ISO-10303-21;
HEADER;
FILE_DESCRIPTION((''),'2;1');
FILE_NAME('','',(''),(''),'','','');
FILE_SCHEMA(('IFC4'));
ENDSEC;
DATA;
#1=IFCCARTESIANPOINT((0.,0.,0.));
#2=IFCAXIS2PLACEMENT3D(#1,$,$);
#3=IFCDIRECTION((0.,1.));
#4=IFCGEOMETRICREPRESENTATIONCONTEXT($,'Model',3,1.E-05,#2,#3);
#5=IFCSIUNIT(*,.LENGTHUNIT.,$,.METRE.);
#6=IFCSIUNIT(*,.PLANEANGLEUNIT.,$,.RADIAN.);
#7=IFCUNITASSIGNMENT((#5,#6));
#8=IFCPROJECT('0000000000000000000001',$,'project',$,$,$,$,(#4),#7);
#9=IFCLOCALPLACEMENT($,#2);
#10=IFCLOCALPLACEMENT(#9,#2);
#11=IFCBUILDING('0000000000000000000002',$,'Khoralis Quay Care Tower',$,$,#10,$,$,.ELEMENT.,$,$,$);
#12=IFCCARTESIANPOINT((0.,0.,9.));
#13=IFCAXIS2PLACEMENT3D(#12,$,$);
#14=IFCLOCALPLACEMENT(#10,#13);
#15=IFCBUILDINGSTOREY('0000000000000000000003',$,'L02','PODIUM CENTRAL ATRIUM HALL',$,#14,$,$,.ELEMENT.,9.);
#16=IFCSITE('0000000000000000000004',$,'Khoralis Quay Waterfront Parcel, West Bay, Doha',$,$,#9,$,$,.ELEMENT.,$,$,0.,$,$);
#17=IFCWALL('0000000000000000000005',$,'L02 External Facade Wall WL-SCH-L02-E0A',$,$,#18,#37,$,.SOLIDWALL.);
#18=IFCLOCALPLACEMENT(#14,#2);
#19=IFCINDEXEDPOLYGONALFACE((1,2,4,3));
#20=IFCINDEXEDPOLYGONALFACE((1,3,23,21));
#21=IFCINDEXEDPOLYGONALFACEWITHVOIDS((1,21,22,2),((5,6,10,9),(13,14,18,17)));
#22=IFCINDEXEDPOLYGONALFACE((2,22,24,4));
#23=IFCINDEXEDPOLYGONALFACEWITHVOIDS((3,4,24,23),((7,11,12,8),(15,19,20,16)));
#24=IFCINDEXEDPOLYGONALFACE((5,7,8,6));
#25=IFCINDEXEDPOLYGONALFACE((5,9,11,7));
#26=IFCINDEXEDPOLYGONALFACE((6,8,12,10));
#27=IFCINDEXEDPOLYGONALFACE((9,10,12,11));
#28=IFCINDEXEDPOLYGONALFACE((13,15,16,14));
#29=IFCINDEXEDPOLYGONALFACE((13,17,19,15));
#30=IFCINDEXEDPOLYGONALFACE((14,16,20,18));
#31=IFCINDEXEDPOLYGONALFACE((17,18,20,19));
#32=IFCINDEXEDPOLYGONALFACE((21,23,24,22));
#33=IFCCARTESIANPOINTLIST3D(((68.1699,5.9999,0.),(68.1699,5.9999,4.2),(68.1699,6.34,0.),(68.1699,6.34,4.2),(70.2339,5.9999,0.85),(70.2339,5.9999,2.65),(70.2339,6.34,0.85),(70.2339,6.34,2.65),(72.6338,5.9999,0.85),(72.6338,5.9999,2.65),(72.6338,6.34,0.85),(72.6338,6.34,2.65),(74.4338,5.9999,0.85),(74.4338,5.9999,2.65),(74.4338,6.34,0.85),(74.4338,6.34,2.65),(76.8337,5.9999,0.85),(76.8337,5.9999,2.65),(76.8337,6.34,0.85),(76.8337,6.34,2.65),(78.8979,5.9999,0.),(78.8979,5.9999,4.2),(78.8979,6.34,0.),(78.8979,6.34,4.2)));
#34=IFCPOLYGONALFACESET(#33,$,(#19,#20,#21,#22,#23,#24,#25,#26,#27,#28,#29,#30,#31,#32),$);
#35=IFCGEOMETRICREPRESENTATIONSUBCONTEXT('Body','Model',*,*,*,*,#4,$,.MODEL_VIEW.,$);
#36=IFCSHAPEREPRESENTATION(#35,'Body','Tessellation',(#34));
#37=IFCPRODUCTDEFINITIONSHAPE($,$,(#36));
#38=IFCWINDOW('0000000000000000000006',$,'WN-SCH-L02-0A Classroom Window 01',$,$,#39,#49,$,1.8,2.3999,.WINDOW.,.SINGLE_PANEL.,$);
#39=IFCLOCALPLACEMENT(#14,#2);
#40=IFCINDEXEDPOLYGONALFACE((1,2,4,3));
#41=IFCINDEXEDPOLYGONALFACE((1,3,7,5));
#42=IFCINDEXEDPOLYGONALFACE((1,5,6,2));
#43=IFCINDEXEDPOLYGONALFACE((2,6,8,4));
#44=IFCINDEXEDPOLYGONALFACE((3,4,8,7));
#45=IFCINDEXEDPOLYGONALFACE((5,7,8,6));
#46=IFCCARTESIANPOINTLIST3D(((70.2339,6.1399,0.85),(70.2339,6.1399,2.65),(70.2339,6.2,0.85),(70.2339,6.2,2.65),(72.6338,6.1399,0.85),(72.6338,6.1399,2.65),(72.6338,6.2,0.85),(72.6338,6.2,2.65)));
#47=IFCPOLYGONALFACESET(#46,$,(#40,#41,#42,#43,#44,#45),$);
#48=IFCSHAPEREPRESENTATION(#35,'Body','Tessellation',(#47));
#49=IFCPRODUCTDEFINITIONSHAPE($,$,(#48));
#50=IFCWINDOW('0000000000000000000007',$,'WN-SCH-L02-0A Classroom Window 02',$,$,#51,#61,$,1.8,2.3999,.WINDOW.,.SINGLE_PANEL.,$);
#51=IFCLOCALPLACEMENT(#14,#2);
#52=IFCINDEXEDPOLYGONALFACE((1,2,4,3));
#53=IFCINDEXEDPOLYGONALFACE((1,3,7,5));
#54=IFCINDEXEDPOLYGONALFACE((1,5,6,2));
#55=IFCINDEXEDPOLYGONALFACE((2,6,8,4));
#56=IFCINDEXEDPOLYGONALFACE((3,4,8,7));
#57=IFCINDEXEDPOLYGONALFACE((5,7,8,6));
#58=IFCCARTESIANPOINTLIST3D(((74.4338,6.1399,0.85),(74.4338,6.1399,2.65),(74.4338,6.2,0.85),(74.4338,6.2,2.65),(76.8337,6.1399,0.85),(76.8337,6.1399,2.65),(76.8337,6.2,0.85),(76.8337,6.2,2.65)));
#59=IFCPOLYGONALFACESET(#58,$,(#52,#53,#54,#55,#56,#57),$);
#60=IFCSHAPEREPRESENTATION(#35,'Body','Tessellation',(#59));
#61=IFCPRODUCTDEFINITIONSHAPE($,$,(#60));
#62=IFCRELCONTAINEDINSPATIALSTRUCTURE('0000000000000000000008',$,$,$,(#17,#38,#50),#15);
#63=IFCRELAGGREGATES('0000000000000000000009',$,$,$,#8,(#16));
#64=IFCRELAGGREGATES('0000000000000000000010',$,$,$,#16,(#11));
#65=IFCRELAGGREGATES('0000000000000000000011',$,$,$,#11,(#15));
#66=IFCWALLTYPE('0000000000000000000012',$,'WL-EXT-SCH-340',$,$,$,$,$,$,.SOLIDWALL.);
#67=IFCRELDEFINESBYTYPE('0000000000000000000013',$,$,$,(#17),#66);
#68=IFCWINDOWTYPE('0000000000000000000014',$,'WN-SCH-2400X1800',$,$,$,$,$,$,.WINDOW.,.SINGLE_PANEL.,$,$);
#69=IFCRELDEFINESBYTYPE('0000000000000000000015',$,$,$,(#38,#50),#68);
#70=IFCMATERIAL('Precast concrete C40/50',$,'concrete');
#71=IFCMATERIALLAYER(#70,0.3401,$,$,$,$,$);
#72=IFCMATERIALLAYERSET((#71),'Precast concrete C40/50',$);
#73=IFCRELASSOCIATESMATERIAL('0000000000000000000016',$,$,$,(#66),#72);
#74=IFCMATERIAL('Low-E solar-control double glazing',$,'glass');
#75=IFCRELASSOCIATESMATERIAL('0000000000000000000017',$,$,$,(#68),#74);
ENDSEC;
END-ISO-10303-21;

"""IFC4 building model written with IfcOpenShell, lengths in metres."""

from ifc_helpers import new_model, si_unit, direction, frame, frame_2d, origin, place, context, subcontext, project, spatial, rectangle, extrude, source, transform, mapped, material, layer, layer_set, type_object, element, fill, save


model = new_model("IFC4")

# Units and contexts
model_context = context("Model", 3, precision=1e-05, world=origin(), true_north=direction((0.0, 1.0)))
body_context = subcontext(model_context, "Body", "Model", "MODEL_VIEW")
ifc_project = project(units=[si_unit("LENGTHUNIT", "METRE"), si_unit("PLANEANGLEUNIT", "RADIAN")], contexts=[model_context])

# Site, building, storey
site_placement = place(None, origin())
site = spatial("IfcSite", under=ifc_project, at=site_placement, Name="Khoralis Quay Waterfront Parcel, West Bay, Doha", CompositionType="ELEMENT", RefElevation=0.0)
building_placement = place(site_placement, origin())
building = spatial("IfcBuilding", under=site, at=building_placement, Name="Khoralis Quay Care Tower", CompositionType="ELEMENT")
storey_placement = place(building_placement, frame((0.0, 0.0, 9.0)))
storey = spatial("IfcBuildingStorey", under=building, at=storey_placement, Name="L02", Description="PODIUM CENTRAL ATRIUM HALL", CompositionType="ELEMENT", Elevation=9.0)

# Wall, openings, windows
ifc_material_1 = material(Name="Low-E solar-control double glazing", Category="glass")
ifc_material_2 = material(Name="Precast concrete C40/50", Category="concrete")
ifc_layer_1 = layer(ifc_material_2, 0.3401)
ifc_layer_set_1 = layer_set([ifc_layer_1], Name="Precast concrete C40/50")
wall_type_1 = type_object("IfcWallType", Name="WL-EXT-SCH-340", PredefinedType="SOLIDWALL", material=ifc_layer_set_1)
wall_1_placement = place(storey_placement, frame((68.1699, 6.1699, 0.0), z_axis=(0.0, 0.0, 1.0), x_axis=(1.0, 0.0, 0.0)))
wall_1 = element("IfcWall", 1, at=wall_1_placement, inside=storey, type_object=wall_type_1, Name="L02 External Facade Wall WL-SCH-L02-E0A", PredefinedType="SOLIDWALL", context=body_context, shape_type="SweptSolid", body=[
    extrude(rectangle(XDim=10.728, YDim=0.3401, at=frame_2d((5.364, 0.0))), origin(), (0.0, 0.0, 1.0), 4.2),
])
opening_1_placement = place(wall_1_placement, frame((2.064, 0.0, 0.8501)))
opening_1 = element("IfcOpeningElement", 2, at=opening_1_placement, cuts=wall_1, PredefinedType="OPENING", context=body_context, shape_type="SweptSolid", body=[
    extrude(rectangle(XDim=2.3999, YDim=1.8, at=frame_2d((1.2, 0.8999))), frame((0.0, 0.1802, 0.0), z_axis=(0.0, -1.0, 0.0), x_axis=(1.0, 0.0, 0.0)), (0.0, 0.0, 1.0), 0.3601),
])
opening_2_placement = place(wall_1_placement, frame((6.2639, 0.0, 0.8501)))
opening_2 = element("IfcOpeningElement", 3, at=opening_2_placement, cuts=wall_1, PredefinedType="OPENING", context=body_context, shape_type="SweptSolid", body=[
    extrude(rectangle(XDim=2.3999, YDim=1.8, at=frame_2d((1.2, 0.8999))), frame((0.0, 0.1802, 0.0), z_axis=(0.0, -1.0, 0.0), x_axis=(1.0, 0.0, 0.0)), (0.0, 0.0, 1.0), 0.3601),
])
window_type_1 = type_object("IfcWindowType", Name="WN-SCH-2400X1800", PartitioningType="SINGLE_PANEL", PredefinedType="WINDOW", material=ifc_material_1)
shared_shape_1 = source(origin(), body_context, "Body", "SweptSolid", [
    extrude(rectangle(XDim=2.3999, YDim=1.8, at=frame_2d((1.2, 0.8999))), frame((0.0, 0.03, 0.0), z_axis=(0.0, -1.0, 0.0), x_axis=(1.0, 0.0, 0.0)), (0.0, 0.0, 1.0), 0.0601),
])
window_1_placement = place(opening_1_placement, origin())
window_1 = element("IfcWindow", 4, at=window_1_placement, inside=storey, type_object=window_type_1, Name="WN-SCH-L02-0A Classroom Window 01", OverallHeight=1.8, OverallWidth=2.3999, PartitioningType="SINGLE_PANEL", PredefinedType="WINDOW", context=body_context, shape_type="MappedRepresentation", body=[
    mapped(shared_shape_1, transform((0.0, 0.0, 0.0), scale=1.0)),
])
fill(opening_1, window_1)
window_2_placement = place(opening_2_placement, origin())
window_2 = element("IfcWindow", 5, at=window_2_placement, inside=storey, type_object=window_type_1, Name="WN-SCH-L02-0A Classroom Window 02", OverallHeight=1.8, OverallWidth=2.3999, PartitioningType="SINGLE_PANEL", PredefinedType="WINDOW", context=body_context, shape_type="MappedRepresentation", body=[
    mapped(shared_shape_1, transform((0.0, 0.0, 0.0), scale=1.0)),
])
fill(opening_2, window_2)

save(model, "model.ifc")
